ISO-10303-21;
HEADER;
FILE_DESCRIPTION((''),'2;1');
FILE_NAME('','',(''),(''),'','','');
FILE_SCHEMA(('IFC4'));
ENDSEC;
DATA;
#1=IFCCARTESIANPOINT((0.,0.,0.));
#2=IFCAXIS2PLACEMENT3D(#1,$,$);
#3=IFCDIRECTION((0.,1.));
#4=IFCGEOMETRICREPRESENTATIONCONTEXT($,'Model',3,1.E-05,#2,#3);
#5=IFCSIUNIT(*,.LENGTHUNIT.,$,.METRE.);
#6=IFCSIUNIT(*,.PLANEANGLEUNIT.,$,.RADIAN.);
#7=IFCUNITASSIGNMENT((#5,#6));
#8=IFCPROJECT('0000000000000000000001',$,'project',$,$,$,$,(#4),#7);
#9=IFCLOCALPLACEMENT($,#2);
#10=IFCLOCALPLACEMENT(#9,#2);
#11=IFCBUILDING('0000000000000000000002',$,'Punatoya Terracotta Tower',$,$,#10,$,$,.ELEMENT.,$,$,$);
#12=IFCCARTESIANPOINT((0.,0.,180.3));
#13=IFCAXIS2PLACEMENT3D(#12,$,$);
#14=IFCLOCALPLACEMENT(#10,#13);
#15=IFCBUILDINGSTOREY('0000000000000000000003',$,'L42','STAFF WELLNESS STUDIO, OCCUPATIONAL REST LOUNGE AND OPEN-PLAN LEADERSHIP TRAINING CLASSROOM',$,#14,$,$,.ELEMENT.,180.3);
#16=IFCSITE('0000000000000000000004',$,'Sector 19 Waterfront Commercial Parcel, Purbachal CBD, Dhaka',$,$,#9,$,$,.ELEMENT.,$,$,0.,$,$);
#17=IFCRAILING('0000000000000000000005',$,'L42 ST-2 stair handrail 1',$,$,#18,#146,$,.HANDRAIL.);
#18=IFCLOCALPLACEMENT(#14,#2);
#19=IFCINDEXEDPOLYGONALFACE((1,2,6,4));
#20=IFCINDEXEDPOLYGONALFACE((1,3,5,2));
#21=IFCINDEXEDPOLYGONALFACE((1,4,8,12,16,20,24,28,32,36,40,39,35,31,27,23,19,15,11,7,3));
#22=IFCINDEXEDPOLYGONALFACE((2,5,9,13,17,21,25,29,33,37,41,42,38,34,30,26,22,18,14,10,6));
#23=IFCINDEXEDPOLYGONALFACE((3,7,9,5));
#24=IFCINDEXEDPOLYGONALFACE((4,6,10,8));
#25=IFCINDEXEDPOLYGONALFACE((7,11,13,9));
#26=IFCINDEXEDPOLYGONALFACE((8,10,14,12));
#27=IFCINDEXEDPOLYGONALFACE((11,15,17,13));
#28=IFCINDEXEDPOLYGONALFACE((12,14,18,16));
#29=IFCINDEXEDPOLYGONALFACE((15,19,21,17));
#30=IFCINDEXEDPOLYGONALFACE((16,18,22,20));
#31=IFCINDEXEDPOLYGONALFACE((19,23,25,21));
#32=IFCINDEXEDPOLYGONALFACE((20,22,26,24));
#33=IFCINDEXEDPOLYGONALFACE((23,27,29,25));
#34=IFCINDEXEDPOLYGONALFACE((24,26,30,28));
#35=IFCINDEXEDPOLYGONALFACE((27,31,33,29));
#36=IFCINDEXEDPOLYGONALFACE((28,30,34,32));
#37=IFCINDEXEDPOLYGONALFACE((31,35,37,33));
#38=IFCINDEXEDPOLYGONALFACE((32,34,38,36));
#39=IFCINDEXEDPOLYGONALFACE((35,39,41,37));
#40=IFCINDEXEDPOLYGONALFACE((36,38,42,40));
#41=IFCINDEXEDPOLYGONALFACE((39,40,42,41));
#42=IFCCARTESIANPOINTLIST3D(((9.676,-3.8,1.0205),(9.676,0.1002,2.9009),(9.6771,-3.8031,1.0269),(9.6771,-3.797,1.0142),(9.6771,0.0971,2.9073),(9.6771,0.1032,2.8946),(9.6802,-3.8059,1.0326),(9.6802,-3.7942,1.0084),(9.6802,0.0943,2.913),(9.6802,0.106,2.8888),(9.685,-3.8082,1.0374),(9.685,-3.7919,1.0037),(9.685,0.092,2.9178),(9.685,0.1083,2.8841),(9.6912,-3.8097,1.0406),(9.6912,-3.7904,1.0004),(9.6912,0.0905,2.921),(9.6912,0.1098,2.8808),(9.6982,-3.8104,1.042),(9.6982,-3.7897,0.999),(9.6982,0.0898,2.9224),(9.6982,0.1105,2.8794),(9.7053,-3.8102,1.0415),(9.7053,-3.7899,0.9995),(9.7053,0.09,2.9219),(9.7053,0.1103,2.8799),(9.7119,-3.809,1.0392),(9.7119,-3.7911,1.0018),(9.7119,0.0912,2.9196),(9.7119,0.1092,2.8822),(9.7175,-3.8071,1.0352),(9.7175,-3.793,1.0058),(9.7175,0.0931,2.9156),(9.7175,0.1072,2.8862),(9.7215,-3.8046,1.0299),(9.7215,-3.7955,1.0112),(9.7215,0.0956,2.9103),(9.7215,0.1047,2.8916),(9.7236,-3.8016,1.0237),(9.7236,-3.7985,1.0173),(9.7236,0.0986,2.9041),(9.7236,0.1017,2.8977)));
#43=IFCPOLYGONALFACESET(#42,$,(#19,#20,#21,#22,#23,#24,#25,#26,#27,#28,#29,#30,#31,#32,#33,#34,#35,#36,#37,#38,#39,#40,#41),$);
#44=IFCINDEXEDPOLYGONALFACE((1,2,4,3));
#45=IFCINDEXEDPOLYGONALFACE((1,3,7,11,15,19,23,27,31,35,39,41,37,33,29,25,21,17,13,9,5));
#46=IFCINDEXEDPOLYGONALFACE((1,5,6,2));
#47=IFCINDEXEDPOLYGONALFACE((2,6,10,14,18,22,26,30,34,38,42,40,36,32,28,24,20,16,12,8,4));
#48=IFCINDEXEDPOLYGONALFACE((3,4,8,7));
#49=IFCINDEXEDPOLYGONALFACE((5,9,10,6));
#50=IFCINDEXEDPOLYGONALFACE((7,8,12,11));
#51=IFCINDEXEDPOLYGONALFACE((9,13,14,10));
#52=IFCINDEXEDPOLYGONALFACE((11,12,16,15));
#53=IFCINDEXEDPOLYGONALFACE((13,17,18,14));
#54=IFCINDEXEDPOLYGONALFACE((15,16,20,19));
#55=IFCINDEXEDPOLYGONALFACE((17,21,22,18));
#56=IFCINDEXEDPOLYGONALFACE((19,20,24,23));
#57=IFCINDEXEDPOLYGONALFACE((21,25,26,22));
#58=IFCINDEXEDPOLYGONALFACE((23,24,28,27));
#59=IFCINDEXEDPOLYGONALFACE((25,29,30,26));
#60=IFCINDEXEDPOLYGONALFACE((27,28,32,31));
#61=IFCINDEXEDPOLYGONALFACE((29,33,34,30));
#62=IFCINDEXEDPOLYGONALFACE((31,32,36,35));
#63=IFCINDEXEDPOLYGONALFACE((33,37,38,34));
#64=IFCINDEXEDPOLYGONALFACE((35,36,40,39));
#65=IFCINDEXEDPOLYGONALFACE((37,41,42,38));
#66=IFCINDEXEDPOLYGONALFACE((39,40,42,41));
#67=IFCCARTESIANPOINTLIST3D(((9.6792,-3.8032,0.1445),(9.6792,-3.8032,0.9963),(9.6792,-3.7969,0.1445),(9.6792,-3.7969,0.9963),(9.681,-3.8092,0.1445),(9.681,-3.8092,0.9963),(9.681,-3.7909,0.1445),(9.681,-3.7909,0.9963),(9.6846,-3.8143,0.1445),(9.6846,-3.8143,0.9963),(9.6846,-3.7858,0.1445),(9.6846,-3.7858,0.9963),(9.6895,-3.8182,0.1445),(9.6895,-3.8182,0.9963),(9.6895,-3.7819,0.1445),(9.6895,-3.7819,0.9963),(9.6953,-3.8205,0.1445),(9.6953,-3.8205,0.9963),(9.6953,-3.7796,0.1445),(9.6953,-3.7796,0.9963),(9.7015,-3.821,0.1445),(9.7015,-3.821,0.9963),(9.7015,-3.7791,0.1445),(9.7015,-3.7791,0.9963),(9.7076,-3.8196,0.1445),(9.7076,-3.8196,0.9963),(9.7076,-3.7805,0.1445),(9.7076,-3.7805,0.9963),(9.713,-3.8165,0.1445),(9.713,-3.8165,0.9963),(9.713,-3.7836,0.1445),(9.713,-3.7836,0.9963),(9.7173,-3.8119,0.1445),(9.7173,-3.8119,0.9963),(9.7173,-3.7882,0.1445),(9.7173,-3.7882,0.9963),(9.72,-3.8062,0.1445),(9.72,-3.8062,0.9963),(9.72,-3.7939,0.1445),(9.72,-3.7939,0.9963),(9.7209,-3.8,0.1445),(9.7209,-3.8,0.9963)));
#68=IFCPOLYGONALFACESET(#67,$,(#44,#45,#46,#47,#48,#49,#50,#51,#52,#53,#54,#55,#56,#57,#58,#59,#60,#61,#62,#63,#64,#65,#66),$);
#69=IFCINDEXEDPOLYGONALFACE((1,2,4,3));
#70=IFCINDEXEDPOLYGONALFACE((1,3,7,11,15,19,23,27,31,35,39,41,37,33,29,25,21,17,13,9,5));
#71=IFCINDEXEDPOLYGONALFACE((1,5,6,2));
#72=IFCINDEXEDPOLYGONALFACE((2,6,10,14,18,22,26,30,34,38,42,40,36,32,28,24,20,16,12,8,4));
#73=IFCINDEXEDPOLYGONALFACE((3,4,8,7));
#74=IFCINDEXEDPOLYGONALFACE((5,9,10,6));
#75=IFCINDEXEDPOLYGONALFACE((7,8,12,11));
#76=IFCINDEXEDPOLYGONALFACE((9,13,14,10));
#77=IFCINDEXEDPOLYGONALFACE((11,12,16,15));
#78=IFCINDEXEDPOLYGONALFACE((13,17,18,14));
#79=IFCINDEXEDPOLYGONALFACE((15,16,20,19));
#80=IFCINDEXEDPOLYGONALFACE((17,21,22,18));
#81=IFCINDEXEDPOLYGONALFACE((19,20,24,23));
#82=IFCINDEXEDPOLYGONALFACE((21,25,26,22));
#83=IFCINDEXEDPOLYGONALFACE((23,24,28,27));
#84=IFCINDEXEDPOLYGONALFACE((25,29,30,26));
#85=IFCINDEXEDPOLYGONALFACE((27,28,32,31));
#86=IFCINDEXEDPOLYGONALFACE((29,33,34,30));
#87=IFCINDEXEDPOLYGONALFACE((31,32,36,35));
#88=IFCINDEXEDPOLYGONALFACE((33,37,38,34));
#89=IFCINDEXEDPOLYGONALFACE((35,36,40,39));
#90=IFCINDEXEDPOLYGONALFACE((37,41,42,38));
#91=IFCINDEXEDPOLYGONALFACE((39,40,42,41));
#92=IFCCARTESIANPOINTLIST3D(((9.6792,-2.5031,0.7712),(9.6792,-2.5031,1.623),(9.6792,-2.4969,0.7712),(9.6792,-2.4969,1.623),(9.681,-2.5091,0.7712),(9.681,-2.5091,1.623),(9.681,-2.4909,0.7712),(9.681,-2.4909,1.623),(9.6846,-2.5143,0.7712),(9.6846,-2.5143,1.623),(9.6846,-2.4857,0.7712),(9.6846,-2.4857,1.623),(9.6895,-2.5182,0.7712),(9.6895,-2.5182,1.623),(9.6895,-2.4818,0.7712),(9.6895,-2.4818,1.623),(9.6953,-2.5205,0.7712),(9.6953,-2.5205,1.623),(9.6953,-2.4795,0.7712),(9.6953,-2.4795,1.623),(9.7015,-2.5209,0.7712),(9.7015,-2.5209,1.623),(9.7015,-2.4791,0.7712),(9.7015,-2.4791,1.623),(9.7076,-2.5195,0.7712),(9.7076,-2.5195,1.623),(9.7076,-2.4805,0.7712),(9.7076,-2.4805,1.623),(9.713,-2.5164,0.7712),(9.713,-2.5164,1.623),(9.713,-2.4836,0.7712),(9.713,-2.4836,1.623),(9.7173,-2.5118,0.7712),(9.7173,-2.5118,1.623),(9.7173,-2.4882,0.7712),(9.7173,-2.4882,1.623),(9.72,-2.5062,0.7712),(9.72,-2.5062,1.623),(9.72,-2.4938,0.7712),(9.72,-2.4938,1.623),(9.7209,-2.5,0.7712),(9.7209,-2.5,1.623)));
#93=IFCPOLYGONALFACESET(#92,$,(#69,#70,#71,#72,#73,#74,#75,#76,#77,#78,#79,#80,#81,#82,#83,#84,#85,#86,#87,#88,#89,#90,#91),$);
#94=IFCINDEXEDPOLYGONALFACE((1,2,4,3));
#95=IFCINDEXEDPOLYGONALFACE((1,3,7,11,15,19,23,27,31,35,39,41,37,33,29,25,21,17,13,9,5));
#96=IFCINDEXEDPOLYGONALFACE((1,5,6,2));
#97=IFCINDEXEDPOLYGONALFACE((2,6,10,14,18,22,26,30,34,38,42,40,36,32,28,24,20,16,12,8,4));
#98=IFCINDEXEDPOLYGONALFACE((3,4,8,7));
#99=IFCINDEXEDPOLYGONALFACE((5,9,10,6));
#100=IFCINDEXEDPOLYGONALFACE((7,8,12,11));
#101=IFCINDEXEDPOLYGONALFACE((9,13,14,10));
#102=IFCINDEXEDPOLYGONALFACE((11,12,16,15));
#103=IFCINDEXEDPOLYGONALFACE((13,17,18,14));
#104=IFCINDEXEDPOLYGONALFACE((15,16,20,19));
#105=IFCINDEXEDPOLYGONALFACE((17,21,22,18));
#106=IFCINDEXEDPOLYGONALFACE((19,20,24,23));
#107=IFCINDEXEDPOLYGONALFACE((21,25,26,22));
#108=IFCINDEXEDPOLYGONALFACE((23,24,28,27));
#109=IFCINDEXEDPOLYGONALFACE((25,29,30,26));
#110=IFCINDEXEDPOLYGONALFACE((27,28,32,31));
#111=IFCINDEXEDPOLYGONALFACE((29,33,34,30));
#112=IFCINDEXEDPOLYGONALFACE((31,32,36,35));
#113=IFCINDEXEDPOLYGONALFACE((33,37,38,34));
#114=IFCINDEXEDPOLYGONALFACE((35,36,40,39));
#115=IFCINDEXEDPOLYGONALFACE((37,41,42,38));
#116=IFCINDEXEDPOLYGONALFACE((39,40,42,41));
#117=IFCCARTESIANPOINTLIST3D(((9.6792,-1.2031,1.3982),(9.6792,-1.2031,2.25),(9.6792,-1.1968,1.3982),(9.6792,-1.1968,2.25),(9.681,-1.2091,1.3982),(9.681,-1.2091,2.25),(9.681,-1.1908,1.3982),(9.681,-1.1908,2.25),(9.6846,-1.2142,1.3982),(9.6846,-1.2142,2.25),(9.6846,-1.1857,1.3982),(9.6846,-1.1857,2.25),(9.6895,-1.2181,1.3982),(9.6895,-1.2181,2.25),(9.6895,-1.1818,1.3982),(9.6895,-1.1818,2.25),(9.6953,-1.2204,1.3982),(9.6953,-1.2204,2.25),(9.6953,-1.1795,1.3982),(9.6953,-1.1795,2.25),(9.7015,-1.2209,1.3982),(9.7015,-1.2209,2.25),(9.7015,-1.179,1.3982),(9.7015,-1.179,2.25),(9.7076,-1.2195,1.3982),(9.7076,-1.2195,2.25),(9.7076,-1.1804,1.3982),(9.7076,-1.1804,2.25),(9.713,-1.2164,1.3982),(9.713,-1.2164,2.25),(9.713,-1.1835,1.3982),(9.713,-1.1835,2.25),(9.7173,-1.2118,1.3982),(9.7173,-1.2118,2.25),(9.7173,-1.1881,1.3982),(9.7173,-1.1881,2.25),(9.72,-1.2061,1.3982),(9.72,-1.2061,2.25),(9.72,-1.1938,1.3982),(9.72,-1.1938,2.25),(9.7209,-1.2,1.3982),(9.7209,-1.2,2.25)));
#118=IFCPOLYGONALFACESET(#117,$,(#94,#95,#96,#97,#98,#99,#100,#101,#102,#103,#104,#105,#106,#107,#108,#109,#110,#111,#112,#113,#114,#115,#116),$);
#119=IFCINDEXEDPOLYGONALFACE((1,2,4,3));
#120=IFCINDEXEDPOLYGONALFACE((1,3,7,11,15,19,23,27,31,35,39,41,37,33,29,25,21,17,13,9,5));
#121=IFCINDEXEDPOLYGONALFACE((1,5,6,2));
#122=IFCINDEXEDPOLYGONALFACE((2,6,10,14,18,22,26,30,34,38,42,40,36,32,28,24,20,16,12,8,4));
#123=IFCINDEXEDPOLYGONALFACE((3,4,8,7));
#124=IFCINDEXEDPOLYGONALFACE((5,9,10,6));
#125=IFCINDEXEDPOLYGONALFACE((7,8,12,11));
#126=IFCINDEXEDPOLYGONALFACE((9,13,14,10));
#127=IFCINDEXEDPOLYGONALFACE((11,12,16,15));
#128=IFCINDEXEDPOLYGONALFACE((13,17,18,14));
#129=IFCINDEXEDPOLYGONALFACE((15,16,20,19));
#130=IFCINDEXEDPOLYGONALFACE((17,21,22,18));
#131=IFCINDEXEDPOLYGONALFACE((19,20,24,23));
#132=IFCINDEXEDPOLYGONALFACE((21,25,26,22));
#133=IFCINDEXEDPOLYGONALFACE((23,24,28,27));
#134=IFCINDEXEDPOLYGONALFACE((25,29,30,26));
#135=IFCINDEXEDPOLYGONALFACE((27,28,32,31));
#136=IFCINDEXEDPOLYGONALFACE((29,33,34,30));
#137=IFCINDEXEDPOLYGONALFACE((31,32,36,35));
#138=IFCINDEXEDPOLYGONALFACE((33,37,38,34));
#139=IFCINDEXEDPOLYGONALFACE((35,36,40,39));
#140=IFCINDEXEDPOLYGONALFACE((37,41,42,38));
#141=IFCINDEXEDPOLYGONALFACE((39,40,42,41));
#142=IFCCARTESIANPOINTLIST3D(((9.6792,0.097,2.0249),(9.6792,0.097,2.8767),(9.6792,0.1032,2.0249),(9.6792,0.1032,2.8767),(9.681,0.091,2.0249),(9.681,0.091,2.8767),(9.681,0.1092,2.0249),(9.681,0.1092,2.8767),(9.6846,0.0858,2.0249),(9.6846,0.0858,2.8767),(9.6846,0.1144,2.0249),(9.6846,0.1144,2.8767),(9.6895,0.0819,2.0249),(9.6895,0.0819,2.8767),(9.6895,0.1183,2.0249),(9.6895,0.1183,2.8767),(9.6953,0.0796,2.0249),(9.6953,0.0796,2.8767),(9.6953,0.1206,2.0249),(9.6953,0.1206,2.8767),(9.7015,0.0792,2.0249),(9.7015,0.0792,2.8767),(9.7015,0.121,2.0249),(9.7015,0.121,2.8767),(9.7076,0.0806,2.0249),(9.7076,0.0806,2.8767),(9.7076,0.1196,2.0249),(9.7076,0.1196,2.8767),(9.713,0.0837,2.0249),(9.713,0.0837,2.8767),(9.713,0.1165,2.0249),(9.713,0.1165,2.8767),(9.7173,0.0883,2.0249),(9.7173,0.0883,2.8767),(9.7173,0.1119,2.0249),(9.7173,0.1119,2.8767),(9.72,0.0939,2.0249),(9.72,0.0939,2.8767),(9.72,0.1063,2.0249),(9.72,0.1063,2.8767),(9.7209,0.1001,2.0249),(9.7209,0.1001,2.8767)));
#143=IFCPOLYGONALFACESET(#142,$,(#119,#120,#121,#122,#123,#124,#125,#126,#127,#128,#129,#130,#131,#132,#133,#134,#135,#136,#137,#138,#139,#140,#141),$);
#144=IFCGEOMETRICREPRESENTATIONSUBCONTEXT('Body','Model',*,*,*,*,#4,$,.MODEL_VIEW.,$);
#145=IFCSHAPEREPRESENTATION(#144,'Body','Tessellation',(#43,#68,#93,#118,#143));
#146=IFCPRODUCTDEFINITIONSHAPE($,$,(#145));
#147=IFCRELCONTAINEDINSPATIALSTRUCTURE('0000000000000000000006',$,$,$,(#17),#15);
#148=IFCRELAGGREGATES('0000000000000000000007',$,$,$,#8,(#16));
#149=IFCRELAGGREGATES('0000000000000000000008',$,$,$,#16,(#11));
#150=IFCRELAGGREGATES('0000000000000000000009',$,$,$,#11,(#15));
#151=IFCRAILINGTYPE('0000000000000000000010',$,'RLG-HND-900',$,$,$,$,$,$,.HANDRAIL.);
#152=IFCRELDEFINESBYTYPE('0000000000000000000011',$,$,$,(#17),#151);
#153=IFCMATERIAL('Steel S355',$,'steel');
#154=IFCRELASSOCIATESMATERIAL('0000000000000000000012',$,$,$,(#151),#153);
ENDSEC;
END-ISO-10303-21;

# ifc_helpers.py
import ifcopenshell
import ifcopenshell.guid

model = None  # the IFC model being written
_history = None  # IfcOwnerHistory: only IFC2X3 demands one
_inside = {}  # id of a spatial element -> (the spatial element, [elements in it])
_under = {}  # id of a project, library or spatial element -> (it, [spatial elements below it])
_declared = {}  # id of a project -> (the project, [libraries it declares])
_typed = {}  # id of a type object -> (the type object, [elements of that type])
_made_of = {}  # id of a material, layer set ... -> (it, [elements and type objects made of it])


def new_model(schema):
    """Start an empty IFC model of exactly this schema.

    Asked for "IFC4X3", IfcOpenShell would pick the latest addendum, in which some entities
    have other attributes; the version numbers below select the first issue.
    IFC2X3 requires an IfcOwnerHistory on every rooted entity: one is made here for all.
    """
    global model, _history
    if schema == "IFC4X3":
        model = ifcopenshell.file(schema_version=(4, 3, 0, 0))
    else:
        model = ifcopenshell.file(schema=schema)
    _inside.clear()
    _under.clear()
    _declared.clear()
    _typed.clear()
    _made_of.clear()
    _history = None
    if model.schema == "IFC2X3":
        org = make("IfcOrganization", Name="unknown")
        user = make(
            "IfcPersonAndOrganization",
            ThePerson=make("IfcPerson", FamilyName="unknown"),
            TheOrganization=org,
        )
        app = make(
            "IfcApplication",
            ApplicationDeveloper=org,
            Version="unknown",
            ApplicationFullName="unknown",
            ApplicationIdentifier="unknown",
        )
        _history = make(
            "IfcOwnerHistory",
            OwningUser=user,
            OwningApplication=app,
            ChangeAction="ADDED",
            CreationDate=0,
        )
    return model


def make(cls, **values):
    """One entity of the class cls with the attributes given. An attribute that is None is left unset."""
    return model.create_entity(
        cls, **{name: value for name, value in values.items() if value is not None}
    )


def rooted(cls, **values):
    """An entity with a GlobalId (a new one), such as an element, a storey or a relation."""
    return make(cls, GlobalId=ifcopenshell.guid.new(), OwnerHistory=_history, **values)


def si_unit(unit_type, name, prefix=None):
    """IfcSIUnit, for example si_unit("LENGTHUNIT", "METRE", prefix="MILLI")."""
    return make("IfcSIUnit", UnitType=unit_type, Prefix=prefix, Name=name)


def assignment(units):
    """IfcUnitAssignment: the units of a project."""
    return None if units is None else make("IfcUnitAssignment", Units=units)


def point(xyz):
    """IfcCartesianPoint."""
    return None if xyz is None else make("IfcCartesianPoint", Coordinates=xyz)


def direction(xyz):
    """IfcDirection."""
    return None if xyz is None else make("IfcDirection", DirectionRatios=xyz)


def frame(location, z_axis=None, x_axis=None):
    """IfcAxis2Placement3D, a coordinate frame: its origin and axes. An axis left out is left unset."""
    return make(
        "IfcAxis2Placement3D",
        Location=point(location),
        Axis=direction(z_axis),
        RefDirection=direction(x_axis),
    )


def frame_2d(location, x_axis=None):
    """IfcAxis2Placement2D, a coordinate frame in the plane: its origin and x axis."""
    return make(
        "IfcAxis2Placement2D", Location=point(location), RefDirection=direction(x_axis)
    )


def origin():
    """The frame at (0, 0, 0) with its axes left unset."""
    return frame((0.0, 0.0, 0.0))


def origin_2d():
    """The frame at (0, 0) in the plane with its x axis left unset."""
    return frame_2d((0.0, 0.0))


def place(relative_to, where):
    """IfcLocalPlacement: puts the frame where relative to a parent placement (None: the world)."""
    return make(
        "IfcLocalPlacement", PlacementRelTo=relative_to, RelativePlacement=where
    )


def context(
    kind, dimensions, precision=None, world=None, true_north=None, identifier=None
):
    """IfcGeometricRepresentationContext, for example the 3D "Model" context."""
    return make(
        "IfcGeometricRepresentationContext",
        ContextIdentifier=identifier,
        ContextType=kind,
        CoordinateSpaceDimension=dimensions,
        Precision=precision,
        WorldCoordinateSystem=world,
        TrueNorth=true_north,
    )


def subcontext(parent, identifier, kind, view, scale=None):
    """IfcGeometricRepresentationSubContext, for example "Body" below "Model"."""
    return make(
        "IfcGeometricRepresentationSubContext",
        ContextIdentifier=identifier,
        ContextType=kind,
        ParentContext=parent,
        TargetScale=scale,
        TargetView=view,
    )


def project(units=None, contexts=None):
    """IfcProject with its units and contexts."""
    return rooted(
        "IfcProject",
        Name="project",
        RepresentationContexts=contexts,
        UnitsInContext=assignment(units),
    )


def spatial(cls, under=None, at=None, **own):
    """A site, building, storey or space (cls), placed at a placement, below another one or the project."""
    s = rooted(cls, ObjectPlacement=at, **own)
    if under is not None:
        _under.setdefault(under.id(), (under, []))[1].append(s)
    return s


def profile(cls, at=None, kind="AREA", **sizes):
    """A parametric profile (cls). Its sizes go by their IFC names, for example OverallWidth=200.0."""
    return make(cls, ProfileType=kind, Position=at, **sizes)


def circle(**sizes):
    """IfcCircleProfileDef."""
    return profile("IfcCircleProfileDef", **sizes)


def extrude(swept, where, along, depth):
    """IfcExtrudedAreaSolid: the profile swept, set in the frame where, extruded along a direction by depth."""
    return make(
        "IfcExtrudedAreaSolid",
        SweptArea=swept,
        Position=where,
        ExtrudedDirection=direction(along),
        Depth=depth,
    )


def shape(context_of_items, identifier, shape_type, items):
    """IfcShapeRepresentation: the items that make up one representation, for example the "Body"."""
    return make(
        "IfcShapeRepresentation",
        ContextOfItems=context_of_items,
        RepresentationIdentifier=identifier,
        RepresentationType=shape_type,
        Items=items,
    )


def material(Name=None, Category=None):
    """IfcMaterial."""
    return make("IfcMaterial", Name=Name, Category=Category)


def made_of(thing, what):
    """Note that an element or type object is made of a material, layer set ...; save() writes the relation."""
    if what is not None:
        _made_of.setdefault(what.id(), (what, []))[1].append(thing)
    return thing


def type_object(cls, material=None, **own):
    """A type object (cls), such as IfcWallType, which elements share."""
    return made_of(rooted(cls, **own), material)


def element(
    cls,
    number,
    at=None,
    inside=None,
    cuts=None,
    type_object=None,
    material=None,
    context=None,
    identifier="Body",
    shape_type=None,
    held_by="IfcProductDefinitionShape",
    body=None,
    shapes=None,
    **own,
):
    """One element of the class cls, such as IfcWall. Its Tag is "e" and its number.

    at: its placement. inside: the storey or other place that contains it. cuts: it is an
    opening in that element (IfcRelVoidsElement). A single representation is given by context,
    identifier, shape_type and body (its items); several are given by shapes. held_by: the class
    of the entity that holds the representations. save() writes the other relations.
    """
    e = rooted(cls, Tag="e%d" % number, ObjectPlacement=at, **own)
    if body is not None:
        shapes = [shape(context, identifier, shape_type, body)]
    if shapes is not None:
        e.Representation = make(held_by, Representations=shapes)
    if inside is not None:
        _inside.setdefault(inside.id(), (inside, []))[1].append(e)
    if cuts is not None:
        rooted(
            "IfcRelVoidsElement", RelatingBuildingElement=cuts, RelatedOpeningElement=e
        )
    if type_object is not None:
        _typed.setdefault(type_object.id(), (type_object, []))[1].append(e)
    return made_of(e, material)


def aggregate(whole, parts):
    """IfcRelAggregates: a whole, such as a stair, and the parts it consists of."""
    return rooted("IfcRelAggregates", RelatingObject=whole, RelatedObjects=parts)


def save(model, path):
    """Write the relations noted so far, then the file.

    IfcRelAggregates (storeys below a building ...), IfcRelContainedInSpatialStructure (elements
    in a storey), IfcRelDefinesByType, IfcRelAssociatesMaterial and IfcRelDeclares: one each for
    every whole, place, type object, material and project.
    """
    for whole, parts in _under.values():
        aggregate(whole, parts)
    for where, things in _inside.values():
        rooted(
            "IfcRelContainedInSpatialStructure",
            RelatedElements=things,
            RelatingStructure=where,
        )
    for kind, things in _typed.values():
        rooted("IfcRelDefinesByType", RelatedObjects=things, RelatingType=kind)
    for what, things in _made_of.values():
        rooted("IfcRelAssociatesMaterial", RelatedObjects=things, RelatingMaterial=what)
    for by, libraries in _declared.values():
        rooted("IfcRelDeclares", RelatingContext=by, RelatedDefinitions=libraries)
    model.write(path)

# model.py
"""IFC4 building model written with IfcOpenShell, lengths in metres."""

from ifc_helpers import new_model, si_unit, direction, frame, origin, origin_2d, place, context, subcontext, project, spatial, circle, extrude, material, type_object, element, save


model = new_model("IFC4")

# Units and contexts
model_context = context("Model", 3, precision=1e-05, world=origin(), true_north=direction((0.0, 1.0)))
body_context = subcontext(model_context, "Body", "Model", "MODEL_VIEW")
ifc_project = project(units=[si_unit("LENGTHUNIT", "METRE"), si_unit("PLANEANGLEUNIT", "RADIAN")], contexts=[model_context])

# Site, building, storey
site_placement = place(None, origin())
site = spatial("IfcSite", under=ifc_project, at=site_placement, Name="Sector 19 Waterfront Commercial Parcel, Purbachal CBD, Dhaka", CompositionType="ELEMENT", RefElevation=0.0)
building_placement = place(site_placement, origin())
building = spatial("IfcBuilding", under=site, at=building_placement, Name="Punatoya Terracotta Tower", CompositionType="ELEMENT")
storey_placement = place(building_placement, frame((0.0, 0.0, 180.3)))
storey = spatial("IfcBuildingStorey", under=building, at=storey_placement, Name="L42", Description="STAFF WELLNESS STUDIO, OCCUPATIONAL REST LOUNGE AND OPEN-PLAN LEADERSHIP TRAINING CLASSROOM", CompositionType="ELEMENT", Elevation=180.3)

# Shared definitions
ifc_material_1 = material(Name="Steel S355", Category="steel")

# Railing
railing_type_1 = type_object("IfcRailingType", Name="RLG-HND-900", PredefinedType="HANDRAIL", material=ifc_material_1)
railing_1_placement = place(storey_placement, frame((9.7, -3.8, 0.1445)))
element("IfcRailing", 1, at=railing_1_placement, inside=storey, type_object=railing_type_1, Name="L42 ST-2 stair handrail 1", PredefinedType="HANDRAIL", context=body_context, shape_type="SweptSolid", body=[
    extrude(circle(Radius=0.0239, at=origin_2d()), frame((0.0, 0.0, 0.876), z_axis=(0.0, 0.900774, 0.434289), x_axis=(-1.0, 0.0, 0.0)), (0.0, 0.0, 1.0), 4.3298),
    extrude(circle(Radius=0.021, at=origin_2d()), origin(), (0.0, 0.0, 1.0), 0.8518),
    extrude(circle(Radius=0.021, at=origin_2d()), frame((0.0, 1.3, 0.6267)), (0.0, 0.0, 1.0), 0.8518),
    extrude(circle(Radius=0.021, at=origin_2d()), frame((0.0, 2.6001, 1.2537)), (0.0, 0.0, 1.0), 0.8518),
    extrude(circle(Radius=0.021, at=origin_2d()), frame((0.0, 3.9001, 1.8804)), (0.0, 0.0, 1.0), 0.8518),
])

save(model, "model.ifc")
